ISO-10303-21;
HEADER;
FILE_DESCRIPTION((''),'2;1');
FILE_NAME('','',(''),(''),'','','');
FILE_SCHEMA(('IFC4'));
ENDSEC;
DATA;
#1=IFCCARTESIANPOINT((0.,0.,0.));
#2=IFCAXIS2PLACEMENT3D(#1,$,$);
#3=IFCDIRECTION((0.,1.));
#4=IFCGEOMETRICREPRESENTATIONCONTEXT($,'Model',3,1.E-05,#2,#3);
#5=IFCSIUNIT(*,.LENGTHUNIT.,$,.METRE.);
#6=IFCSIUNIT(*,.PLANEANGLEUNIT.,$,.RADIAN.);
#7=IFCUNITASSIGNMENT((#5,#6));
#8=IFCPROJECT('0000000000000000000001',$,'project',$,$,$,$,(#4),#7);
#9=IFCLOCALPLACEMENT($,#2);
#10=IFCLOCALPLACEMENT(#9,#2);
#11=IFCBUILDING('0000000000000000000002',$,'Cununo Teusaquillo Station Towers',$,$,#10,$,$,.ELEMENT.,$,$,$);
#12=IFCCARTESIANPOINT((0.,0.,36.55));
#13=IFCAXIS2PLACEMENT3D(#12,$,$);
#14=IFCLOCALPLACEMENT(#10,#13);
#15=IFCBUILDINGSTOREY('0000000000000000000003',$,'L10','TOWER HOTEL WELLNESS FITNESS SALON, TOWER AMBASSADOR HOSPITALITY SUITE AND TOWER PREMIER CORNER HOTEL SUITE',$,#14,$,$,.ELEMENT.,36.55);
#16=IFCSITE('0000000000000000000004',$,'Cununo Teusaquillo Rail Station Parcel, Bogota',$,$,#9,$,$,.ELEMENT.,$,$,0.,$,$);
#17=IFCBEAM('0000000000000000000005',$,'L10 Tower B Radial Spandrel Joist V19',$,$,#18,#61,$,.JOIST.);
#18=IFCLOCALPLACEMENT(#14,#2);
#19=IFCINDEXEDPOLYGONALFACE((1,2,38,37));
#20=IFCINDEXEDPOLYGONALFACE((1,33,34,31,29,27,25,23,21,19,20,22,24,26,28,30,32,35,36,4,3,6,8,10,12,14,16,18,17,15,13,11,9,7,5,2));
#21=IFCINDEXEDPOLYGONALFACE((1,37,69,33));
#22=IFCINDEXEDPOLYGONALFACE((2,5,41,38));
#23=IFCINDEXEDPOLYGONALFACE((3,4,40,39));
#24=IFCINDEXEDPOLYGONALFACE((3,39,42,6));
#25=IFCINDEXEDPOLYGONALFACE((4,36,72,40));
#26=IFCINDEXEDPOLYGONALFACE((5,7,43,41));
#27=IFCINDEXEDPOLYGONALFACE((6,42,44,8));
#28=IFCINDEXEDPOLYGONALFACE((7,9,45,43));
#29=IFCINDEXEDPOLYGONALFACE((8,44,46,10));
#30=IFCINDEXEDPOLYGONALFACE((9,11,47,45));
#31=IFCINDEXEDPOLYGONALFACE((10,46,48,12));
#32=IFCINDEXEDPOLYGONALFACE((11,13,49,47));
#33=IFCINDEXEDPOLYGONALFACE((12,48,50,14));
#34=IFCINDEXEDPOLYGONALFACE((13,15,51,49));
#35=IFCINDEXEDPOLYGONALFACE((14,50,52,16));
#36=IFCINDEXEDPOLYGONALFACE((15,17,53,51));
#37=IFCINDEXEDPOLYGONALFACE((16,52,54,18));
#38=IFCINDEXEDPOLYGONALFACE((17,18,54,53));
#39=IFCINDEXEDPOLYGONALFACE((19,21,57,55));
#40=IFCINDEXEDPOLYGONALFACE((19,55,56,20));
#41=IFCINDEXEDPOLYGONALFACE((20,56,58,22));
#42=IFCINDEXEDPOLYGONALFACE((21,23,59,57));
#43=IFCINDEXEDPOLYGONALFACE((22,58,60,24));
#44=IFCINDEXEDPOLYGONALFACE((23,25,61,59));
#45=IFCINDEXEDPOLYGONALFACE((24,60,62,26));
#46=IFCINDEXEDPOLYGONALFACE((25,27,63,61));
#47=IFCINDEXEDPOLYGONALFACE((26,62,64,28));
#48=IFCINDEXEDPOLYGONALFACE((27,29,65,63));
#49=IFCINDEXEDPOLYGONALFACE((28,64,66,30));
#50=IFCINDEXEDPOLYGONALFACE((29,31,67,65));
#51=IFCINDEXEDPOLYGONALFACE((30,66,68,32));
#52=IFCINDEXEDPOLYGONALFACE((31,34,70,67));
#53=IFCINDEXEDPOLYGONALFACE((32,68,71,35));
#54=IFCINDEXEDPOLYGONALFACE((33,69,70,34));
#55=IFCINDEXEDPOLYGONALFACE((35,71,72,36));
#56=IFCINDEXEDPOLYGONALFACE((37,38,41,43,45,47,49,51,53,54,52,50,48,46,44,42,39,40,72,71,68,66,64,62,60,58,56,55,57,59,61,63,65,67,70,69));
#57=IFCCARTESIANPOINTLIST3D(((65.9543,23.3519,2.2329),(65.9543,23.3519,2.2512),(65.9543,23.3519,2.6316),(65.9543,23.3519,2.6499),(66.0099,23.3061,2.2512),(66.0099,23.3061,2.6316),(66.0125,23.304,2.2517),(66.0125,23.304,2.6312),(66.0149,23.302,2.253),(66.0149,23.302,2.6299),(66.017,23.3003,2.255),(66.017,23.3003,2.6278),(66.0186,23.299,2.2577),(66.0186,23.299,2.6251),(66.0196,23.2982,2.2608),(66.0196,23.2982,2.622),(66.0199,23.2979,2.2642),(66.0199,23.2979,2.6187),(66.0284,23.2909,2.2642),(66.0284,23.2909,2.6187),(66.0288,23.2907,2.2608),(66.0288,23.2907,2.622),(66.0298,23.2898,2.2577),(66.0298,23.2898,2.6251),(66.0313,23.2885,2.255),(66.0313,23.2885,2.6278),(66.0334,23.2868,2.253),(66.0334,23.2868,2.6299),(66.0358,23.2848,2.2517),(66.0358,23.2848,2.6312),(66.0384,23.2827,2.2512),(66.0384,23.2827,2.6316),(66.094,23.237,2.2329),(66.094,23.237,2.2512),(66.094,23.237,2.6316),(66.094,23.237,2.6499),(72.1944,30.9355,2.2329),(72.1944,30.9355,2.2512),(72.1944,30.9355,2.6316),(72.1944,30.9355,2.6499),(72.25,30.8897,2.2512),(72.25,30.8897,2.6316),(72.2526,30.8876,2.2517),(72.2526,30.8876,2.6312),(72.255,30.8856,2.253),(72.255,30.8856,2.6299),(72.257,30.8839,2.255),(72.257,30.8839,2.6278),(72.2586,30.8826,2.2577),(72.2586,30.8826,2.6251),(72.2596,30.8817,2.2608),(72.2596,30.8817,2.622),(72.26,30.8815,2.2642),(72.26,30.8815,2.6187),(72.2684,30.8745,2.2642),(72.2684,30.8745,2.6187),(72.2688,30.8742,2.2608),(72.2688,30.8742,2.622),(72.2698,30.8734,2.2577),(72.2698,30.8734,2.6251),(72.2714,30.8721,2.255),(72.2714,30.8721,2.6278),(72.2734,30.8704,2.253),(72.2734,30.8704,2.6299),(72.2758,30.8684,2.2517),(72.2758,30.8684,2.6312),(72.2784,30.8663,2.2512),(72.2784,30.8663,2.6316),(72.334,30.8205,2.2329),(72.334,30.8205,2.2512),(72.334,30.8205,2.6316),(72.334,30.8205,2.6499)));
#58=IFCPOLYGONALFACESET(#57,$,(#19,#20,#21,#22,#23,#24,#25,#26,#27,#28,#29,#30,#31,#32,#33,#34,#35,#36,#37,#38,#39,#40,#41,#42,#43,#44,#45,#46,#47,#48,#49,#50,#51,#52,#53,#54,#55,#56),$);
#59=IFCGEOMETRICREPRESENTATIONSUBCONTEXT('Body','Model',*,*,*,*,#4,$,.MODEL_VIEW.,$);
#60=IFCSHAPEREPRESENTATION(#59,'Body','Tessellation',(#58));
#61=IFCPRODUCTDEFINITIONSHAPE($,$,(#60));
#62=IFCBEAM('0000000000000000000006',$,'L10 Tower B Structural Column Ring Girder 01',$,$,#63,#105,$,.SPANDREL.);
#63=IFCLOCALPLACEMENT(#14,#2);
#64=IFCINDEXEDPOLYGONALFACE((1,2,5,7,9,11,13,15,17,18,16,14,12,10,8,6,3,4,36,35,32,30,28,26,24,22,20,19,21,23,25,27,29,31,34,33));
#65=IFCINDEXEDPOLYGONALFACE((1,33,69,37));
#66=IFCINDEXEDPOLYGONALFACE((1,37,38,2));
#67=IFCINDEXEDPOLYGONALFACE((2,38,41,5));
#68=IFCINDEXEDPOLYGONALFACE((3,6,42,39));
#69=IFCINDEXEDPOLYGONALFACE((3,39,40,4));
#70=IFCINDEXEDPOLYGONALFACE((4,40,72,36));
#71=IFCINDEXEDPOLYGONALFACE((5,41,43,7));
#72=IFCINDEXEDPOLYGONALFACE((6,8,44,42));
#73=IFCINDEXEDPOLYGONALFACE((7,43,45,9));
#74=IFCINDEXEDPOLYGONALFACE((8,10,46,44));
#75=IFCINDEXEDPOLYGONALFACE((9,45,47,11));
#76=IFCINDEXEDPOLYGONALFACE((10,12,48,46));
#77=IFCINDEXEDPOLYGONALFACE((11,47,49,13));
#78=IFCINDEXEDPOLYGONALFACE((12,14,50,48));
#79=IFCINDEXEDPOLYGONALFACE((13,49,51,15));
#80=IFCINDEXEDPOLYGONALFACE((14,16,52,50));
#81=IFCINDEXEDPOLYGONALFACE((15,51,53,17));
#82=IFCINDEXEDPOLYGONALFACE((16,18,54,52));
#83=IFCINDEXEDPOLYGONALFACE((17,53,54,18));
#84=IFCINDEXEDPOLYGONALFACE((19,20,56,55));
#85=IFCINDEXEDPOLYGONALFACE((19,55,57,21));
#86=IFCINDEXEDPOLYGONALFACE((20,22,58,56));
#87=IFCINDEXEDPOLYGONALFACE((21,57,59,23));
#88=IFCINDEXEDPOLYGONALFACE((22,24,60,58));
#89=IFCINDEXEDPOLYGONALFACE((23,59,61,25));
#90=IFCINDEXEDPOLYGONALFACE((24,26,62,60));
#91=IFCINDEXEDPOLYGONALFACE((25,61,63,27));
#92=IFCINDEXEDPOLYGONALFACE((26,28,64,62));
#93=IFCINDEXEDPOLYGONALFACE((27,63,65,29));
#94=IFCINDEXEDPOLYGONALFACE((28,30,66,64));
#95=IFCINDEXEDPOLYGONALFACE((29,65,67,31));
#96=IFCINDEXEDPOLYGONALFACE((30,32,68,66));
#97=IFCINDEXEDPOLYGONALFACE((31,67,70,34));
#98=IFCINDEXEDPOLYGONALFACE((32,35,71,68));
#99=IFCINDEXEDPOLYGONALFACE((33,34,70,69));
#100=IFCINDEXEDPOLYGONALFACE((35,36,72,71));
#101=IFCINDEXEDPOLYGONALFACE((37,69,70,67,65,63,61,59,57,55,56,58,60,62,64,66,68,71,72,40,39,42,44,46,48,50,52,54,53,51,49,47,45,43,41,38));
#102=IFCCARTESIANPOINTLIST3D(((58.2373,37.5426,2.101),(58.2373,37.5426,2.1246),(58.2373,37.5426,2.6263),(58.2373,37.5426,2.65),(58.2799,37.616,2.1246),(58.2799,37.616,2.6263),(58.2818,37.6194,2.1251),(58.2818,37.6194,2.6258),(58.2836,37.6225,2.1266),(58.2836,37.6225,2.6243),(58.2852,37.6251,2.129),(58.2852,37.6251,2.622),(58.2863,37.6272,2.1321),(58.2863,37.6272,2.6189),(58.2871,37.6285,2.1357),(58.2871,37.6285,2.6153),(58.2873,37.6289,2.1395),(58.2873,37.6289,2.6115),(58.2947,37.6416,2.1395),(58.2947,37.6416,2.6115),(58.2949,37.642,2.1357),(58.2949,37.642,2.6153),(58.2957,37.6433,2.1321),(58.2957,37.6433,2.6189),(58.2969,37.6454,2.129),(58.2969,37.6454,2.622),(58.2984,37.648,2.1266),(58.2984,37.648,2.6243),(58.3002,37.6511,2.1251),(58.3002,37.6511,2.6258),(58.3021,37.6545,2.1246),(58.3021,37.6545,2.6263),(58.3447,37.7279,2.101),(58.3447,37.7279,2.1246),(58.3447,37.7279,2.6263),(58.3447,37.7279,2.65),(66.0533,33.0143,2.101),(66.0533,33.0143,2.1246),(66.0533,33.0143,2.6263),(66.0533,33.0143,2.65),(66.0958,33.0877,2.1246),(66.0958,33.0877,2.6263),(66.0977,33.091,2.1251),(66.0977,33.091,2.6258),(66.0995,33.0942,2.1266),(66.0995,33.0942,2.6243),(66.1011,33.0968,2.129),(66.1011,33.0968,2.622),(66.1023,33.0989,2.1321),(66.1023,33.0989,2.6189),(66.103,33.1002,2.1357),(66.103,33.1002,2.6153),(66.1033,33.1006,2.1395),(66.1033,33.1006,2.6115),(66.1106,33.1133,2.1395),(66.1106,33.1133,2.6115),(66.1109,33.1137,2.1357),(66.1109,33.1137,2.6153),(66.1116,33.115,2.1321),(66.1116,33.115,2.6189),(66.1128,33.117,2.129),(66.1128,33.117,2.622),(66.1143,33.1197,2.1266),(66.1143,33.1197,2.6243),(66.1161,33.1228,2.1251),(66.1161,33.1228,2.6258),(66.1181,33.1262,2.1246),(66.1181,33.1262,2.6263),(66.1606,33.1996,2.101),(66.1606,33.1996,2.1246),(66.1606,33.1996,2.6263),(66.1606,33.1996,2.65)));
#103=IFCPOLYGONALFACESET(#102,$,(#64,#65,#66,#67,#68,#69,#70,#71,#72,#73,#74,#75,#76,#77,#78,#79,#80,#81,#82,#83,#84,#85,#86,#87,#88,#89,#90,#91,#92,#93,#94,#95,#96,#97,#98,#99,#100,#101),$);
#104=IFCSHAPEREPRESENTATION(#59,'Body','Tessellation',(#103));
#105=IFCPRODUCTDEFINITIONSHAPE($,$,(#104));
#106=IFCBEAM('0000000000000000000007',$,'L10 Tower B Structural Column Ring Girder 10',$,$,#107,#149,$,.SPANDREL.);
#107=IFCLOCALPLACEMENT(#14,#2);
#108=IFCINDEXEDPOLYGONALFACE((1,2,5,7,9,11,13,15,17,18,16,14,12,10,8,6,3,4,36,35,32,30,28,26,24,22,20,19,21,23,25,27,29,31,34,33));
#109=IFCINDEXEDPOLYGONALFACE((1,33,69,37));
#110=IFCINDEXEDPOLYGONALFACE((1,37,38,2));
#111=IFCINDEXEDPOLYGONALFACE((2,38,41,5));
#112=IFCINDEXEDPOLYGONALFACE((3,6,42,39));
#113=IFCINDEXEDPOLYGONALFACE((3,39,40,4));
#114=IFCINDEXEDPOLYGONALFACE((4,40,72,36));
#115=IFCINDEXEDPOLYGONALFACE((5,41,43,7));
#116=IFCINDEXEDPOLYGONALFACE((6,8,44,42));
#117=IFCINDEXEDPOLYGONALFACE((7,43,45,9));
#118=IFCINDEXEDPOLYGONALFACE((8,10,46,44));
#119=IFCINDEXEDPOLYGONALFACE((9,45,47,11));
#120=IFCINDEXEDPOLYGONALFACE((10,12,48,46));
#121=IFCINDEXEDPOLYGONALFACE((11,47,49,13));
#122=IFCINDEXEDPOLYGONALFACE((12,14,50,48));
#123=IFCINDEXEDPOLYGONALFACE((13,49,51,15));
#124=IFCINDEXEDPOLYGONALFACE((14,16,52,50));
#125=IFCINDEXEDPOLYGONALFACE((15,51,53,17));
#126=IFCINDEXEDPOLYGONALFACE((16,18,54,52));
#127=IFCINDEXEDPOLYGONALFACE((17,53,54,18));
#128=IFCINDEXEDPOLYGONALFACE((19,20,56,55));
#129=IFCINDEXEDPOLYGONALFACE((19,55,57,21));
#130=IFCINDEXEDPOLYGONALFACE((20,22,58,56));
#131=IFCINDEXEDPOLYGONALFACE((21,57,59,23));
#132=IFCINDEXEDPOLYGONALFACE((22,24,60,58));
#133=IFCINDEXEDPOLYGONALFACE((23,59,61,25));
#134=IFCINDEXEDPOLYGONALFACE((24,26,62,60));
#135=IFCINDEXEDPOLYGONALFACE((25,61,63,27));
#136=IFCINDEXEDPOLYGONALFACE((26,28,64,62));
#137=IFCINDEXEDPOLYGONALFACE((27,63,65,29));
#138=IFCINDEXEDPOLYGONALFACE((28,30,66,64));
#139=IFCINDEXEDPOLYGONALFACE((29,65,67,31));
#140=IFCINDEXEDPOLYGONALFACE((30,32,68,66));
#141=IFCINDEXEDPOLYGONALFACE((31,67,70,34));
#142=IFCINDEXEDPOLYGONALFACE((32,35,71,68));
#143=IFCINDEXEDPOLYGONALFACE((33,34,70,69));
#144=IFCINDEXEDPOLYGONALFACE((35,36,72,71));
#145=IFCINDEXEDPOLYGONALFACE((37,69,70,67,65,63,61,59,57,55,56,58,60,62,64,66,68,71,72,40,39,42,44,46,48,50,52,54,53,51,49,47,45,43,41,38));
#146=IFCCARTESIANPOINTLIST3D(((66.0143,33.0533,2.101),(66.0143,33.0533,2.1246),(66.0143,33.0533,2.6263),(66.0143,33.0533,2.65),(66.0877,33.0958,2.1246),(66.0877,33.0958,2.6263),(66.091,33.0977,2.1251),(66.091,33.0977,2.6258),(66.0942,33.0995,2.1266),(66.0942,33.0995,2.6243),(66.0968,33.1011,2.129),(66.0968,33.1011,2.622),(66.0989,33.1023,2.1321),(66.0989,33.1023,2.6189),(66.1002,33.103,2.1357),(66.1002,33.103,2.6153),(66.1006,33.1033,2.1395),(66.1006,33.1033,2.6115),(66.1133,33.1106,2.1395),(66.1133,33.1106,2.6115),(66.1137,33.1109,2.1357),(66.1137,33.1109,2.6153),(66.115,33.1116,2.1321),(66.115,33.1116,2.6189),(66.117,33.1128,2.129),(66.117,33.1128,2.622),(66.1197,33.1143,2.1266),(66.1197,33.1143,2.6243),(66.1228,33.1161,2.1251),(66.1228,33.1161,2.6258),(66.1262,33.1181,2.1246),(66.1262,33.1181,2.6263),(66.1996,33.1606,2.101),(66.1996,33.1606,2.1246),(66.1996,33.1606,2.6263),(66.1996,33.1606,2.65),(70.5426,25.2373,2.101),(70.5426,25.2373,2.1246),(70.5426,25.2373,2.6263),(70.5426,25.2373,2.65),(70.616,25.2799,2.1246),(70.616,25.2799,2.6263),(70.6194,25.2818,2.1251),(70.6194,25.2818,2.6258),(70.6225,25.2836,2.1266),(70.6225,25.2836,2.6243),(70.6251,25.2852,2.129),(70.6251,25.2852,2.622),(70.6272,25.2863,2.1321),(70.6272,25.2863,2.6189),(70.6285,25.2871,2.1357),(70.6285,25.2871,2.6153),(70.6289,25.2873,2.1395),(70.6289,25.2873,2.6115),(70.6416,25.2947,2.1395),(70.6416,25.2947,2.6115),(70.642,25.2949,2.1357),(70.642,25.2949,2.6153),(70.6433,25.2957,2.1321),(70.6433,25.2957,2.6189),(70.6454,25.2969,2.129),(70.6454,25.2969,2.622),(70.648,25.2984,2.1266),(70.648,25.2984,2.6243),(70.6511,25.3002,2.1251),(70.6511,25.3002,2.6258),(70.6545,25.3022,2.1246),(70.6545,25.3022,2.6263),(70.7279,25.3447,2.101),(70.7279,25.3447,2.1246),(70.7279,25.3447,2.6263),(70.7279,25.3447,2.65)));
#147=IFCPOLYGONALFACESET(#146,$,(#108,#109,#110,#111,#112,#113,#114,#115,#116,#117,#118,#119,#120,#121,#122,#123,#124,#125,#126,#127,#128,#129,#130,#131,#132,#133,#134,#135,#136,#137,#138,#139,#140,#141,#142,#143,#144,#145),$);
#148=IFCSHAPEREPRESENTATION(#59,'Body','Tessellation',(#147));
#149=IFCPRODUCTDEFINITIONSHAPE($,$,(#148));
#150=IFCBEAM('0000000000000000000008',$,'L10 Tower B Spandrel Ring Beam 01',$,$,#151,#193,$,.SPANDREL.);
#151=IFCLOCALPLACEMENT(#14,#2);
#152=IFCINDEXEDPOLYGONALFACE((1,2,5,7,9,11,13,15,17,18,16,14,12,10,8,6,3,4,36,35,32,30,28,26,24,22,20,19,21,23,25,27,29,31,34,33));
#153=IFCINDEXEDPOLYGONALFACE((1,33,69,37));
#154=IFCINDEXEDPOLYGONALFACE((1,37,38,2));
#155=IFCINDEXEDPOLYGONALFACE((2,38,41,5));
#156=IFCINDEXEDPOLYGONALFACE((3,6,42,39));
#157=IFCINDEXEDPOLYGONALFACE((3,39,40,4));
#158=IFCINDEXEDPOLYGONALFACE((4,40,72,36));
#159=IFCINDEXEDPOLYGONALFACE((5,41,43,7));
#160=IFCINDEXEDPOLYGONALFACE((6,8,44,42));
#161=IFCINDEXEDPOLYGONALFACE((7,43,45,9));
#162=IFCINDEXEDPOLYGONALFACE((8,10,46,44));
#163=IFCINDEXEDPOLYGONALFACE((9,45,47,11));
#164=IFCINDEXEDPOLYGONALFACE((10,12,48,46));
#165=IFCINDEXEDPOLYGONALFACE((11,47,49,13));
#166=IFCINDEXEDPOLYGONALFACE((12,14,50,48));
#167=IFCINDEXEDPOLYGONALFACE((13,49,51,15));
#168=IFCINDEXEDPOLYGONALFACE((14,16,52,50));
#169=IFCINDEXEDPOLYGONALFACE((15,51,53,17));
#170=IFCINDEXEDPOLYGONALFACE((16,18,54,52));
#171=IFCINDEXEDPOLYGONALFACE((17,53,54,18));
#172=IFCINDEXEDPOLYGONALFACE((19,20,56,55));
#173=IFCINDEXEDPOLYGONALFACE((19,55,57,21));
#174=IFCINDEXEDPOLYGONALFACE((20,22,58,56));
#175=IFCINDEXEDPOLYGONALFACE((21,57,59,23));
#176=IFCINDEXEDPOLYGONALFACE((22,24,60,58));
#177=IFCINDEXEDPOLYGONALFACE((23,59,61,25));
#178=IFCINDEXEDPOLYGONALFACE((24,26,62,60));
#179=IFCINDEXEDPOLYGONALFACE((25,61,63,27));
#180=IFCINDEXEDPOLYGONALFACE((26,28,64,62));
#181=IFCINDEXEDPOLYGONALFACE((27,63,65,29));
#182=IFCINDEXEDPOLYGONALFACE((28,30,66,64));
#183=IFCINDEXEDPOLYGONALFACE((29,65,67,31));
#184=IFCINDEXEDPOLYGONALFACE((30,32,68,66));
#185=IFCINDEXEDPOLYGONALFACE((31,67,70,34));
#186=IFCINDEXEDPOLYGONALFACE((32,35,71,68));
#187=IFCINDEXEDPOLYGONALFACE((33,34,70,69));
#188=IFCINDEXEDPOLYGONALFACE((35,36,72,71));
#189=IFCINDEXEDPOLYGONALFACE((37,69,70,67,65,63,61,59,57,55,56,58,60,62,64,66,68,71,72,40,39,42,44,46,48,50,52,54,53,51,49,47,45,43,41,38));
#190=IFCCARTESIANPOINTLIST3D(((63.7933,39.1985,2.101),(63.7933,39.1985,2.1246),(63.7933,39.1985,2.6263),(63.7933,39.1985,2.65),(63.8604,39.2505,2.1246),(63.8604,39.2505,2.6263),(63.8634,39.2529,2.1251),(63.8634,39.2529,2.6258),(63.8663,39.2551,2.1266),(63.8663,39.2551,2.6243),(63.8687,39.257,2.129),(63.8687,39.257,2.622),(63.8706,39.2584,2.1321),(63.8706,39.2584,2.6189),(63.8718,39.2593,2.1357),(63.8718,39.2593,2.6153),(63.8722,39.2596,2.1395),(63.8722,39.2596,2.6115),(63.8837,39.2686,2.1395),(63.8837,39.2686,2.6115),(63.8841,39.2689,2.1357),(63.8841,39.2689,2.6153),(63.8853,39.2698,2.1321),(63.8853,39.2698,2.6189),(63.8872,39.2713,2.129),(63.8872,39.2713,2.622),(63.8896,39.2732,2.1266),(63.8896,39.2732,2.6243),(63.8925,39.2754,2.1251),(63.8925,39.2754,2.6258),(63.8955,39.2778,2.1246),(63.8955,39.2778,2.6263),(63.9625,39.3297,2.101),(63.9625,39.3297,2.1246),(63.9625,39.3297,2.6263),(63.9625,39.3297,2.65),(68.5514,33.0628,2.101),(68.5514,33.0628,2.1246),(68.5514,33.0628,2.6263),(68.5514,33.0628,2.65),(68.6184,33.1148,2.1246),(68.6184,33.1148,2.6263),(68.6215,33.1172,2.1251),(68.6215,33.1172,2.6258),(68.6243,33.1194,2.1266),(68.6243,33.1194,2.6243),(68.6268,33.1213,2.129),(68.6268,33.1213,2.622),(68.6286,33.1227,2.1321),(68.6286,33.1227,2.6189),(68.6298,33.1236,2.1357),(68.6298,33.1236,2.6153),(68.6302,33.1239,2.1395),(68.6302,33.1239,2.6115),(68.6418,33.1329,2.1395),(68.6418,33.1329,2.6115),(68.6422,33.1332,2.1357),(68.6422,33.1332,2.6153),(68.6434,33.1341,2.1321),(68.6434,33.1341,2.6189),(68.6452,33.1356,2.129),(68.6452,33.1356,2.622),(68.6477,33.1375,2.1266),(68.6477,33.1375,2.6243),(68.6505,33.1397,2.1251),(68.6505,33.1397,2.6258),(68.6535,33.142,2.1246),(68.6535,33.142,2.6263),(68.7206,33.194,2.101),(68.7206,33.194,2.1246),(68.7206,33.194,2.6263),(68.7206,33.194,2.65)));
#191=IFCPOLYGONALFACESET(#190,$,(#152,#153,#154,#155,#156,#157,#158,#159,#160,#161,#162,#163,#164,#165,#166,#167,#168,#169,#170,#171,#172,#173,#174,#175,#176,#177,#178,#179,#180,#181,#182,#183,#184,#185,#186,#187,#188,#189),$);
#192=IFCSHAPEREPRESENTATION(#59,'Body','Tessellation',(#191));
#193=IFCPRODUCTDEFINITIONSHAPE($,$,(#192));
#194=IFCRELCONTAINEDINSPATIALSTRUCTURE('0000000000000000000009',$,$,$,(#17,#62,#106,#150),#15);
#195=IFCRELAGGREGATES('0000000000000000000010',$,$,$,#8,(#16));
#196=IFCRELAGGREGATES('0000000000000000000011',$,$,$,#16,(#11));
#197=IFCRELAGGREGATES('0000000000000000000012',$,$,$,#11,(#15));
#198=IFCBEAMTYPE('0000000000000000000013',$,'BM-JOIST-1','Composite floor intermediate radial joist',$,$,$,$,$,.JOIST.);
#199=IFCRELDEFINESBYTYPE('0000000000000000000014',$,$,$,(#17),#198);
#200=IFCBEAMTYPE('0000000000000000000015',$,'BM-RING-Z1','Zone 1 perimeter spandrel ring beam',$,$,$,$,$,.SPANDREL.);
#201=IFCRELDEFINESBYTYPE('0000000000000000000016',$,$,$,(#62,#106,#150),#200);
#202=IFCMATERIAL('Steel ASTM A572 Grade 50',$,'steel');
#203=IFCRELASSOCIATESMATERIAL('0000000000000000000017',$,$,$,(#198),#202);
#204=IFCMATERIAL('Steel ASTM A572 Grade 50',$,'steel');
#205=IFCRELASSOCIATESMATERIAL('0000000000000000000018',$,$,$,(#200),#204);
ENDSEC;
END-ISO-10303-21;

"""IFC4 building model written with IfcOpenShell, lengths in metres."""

from ifc_helpers import new_model, si_unit, direction, frame, origin, origin_2d, place, context, subcontext, project, spatial, i_section, extrude, material, material_profile, profile_set, type_object, element, save


model = new_model("IFC4")

# Units and contexts
model_context = context("Model", 3, precision=1e-05, world=origin(), true_north=direction((0.0, 1.0)))
body_context = subcontext(model_context, "Body", "Model", "MODEL_VIEW")
ifc_project = project(units=[si_unit("LENGTHUNIT", "METRE"), si_unit("PLANEANGLEUNIT", "RADIAN")], contexts=[model_context])

# Site, building, storey
site_placement = place(None, origin())
site = spatial("IfcSite", under=ifc_project, at=site_placement, Name="Cununo Teusaquillo Rail Station Parcel, Bogota", CompositionType="ELEMENT", RefElevation=0.0)
building_placement = place(site_placement, origin())
building = spatial("IfcBuilding", under=site, at=building_placement, Name="Cununo Teusaquillo Station Towers", CompositionType="ELEMENT")
storey_placement = place(building_placement, frame((0.0, 0.0, 36.55)))
storey = spatial("IfcBuildingStorey", under=building, at=storey_placement, Name="L10", Description="TOWER HOTEL WELLNESS FITNESS SALON, TOWER AMBASSADOR HOSPITALITY SUITE AND TOWER PREMIER CORNER HOTEL SUITE", CompositionType="ELEMENT", Elevation=36.55)

# Beams
ifc_material_1 = material(Name="Steel ASTM A572 Grade 50", Category="steel")
ifc_material_profile_1 = material_profile(ifc_material_1, i_section(OverallWidth=0.1809, OverallDepth=0.417, WebThickness=0.011, FlangeThickness=0.0183, FilletRadius=0.0129, at=origin_2d()), Name="W16X57")
ifc_profile_set_1 = profile_set([ifc_material_profile_1], Name="Steel ASTM A572 Grade 50")
beam_type_1 = type_object("IfcBeamType", Name="BM-JOIST-1", Description="Composite floor intermediate radial joist", PredefinedType="JOIST", material=ifc_profile_set_1)
beam_1_placement = place(storey_placement, frame((66.0242, 23.2944, 2.4414), z_axis=(0.635389, 0.772192, 0.0), x_axis=(-0.772192, 0.635389, 0.0)))
element("IfcBeam", 1, at=beam_1_placement, inside=storey, type_object=beam_type_1, Name="L10 Tower B Radial Spandrel Joist V19", PredefinedType="JOIST", context=body_context, shape_type="SweptSolid", body=[
    extrude(i_section(OverallWidth=0.1809, OverallDepth=0.417, WebThickness=0.011, FlangeThickness=0.0183, FilletRadius=0.0129, at=origin_2d()), origin(), (0.0, 0.0, 1.0), 9.8208),
])
ifc_material_2 = material(Name="Steel ASTM A572 Grade 50", Category="steel")
ifc_material_profile_2 = material_profile(ifc_material_2, i_section(OverallWidth=0.2141, OverallDepth=0.5491, WebThickness=0.0146, FlangeThickness=0.0237, FilletRadius=0.0149, at=origin_2d()), Name="W21X93")
ifc_profile_set_2 = profile_set([ifc_material_profile_2], Name="Steel ASTM A572 Grade 50")
beam_type_2 = type_object("IfcBeamType", Name="BM-RING-Z1", Description="Zone 1 perimeter spandrel ring beam", PredefinedType="SPANDREL", material=ifc_profile_set_2)
for number, where, z_axis, x_axis, name in (
    (2, (66.1069, 33.1069, 2.3755), (-0.865267, 0.501311, 0.0), (-0.501311, -0.865267, 0.0), "L10 Tower B Structural Column Ring Girder 01"),
    (3, (70.6353, 25.291, 2.3755), (-0.501311, 0.865267, 0.0), (-0.865267, -0.501311, 0.0), "L10 Tower B Structural Column Ring Girder 10"),
):
    element("IfcBeam", number, at=place(storey_placement, frame(where, z_axis=z_axis, x_axis=x_axis)), inside=storey, type_object=beam_type_2, Name=name, PredefinedType="SPANDREL", context=body_context, shape_type="SweptSolid", body=[
        extrude(i_section(OverallWidth=0.2141, OverallDepth=0.5491, WebThickness=0.0146, FlangeThickness=0.0237, FilletRadius=0.0149, at=origin_2d()), origin(), (0.0, 0.0, 1.0), 9.033),
    ])
beam_2_placement = place(storey_placement, frame((68.636, 33.1284, 2.3755), z_axis=(-0.612801, 0.790237, 0.0), x_axis=(-0.790237, -0.612801, 0.0)))
element("IfcBeam", 4, at=beam_2_placement, inside=storey, type_object=beam_type_2, Name="L10 Tower B Spandrel Ring Beam 01", PredefinedType="SPANDREL", context=body_context, shape_type="SweptSolid", body=[
    extrude(i_section(OverallWidth=0.2141, OverallDepth=0.5491, WebThickness=0.0146, FlangeThickness=0.0237, FilletRadius=0.0149, at=origin_2d()), origin(), (0.0, 0.0, 1.0), 7.7644),
])

save(model, "model.ifc")
